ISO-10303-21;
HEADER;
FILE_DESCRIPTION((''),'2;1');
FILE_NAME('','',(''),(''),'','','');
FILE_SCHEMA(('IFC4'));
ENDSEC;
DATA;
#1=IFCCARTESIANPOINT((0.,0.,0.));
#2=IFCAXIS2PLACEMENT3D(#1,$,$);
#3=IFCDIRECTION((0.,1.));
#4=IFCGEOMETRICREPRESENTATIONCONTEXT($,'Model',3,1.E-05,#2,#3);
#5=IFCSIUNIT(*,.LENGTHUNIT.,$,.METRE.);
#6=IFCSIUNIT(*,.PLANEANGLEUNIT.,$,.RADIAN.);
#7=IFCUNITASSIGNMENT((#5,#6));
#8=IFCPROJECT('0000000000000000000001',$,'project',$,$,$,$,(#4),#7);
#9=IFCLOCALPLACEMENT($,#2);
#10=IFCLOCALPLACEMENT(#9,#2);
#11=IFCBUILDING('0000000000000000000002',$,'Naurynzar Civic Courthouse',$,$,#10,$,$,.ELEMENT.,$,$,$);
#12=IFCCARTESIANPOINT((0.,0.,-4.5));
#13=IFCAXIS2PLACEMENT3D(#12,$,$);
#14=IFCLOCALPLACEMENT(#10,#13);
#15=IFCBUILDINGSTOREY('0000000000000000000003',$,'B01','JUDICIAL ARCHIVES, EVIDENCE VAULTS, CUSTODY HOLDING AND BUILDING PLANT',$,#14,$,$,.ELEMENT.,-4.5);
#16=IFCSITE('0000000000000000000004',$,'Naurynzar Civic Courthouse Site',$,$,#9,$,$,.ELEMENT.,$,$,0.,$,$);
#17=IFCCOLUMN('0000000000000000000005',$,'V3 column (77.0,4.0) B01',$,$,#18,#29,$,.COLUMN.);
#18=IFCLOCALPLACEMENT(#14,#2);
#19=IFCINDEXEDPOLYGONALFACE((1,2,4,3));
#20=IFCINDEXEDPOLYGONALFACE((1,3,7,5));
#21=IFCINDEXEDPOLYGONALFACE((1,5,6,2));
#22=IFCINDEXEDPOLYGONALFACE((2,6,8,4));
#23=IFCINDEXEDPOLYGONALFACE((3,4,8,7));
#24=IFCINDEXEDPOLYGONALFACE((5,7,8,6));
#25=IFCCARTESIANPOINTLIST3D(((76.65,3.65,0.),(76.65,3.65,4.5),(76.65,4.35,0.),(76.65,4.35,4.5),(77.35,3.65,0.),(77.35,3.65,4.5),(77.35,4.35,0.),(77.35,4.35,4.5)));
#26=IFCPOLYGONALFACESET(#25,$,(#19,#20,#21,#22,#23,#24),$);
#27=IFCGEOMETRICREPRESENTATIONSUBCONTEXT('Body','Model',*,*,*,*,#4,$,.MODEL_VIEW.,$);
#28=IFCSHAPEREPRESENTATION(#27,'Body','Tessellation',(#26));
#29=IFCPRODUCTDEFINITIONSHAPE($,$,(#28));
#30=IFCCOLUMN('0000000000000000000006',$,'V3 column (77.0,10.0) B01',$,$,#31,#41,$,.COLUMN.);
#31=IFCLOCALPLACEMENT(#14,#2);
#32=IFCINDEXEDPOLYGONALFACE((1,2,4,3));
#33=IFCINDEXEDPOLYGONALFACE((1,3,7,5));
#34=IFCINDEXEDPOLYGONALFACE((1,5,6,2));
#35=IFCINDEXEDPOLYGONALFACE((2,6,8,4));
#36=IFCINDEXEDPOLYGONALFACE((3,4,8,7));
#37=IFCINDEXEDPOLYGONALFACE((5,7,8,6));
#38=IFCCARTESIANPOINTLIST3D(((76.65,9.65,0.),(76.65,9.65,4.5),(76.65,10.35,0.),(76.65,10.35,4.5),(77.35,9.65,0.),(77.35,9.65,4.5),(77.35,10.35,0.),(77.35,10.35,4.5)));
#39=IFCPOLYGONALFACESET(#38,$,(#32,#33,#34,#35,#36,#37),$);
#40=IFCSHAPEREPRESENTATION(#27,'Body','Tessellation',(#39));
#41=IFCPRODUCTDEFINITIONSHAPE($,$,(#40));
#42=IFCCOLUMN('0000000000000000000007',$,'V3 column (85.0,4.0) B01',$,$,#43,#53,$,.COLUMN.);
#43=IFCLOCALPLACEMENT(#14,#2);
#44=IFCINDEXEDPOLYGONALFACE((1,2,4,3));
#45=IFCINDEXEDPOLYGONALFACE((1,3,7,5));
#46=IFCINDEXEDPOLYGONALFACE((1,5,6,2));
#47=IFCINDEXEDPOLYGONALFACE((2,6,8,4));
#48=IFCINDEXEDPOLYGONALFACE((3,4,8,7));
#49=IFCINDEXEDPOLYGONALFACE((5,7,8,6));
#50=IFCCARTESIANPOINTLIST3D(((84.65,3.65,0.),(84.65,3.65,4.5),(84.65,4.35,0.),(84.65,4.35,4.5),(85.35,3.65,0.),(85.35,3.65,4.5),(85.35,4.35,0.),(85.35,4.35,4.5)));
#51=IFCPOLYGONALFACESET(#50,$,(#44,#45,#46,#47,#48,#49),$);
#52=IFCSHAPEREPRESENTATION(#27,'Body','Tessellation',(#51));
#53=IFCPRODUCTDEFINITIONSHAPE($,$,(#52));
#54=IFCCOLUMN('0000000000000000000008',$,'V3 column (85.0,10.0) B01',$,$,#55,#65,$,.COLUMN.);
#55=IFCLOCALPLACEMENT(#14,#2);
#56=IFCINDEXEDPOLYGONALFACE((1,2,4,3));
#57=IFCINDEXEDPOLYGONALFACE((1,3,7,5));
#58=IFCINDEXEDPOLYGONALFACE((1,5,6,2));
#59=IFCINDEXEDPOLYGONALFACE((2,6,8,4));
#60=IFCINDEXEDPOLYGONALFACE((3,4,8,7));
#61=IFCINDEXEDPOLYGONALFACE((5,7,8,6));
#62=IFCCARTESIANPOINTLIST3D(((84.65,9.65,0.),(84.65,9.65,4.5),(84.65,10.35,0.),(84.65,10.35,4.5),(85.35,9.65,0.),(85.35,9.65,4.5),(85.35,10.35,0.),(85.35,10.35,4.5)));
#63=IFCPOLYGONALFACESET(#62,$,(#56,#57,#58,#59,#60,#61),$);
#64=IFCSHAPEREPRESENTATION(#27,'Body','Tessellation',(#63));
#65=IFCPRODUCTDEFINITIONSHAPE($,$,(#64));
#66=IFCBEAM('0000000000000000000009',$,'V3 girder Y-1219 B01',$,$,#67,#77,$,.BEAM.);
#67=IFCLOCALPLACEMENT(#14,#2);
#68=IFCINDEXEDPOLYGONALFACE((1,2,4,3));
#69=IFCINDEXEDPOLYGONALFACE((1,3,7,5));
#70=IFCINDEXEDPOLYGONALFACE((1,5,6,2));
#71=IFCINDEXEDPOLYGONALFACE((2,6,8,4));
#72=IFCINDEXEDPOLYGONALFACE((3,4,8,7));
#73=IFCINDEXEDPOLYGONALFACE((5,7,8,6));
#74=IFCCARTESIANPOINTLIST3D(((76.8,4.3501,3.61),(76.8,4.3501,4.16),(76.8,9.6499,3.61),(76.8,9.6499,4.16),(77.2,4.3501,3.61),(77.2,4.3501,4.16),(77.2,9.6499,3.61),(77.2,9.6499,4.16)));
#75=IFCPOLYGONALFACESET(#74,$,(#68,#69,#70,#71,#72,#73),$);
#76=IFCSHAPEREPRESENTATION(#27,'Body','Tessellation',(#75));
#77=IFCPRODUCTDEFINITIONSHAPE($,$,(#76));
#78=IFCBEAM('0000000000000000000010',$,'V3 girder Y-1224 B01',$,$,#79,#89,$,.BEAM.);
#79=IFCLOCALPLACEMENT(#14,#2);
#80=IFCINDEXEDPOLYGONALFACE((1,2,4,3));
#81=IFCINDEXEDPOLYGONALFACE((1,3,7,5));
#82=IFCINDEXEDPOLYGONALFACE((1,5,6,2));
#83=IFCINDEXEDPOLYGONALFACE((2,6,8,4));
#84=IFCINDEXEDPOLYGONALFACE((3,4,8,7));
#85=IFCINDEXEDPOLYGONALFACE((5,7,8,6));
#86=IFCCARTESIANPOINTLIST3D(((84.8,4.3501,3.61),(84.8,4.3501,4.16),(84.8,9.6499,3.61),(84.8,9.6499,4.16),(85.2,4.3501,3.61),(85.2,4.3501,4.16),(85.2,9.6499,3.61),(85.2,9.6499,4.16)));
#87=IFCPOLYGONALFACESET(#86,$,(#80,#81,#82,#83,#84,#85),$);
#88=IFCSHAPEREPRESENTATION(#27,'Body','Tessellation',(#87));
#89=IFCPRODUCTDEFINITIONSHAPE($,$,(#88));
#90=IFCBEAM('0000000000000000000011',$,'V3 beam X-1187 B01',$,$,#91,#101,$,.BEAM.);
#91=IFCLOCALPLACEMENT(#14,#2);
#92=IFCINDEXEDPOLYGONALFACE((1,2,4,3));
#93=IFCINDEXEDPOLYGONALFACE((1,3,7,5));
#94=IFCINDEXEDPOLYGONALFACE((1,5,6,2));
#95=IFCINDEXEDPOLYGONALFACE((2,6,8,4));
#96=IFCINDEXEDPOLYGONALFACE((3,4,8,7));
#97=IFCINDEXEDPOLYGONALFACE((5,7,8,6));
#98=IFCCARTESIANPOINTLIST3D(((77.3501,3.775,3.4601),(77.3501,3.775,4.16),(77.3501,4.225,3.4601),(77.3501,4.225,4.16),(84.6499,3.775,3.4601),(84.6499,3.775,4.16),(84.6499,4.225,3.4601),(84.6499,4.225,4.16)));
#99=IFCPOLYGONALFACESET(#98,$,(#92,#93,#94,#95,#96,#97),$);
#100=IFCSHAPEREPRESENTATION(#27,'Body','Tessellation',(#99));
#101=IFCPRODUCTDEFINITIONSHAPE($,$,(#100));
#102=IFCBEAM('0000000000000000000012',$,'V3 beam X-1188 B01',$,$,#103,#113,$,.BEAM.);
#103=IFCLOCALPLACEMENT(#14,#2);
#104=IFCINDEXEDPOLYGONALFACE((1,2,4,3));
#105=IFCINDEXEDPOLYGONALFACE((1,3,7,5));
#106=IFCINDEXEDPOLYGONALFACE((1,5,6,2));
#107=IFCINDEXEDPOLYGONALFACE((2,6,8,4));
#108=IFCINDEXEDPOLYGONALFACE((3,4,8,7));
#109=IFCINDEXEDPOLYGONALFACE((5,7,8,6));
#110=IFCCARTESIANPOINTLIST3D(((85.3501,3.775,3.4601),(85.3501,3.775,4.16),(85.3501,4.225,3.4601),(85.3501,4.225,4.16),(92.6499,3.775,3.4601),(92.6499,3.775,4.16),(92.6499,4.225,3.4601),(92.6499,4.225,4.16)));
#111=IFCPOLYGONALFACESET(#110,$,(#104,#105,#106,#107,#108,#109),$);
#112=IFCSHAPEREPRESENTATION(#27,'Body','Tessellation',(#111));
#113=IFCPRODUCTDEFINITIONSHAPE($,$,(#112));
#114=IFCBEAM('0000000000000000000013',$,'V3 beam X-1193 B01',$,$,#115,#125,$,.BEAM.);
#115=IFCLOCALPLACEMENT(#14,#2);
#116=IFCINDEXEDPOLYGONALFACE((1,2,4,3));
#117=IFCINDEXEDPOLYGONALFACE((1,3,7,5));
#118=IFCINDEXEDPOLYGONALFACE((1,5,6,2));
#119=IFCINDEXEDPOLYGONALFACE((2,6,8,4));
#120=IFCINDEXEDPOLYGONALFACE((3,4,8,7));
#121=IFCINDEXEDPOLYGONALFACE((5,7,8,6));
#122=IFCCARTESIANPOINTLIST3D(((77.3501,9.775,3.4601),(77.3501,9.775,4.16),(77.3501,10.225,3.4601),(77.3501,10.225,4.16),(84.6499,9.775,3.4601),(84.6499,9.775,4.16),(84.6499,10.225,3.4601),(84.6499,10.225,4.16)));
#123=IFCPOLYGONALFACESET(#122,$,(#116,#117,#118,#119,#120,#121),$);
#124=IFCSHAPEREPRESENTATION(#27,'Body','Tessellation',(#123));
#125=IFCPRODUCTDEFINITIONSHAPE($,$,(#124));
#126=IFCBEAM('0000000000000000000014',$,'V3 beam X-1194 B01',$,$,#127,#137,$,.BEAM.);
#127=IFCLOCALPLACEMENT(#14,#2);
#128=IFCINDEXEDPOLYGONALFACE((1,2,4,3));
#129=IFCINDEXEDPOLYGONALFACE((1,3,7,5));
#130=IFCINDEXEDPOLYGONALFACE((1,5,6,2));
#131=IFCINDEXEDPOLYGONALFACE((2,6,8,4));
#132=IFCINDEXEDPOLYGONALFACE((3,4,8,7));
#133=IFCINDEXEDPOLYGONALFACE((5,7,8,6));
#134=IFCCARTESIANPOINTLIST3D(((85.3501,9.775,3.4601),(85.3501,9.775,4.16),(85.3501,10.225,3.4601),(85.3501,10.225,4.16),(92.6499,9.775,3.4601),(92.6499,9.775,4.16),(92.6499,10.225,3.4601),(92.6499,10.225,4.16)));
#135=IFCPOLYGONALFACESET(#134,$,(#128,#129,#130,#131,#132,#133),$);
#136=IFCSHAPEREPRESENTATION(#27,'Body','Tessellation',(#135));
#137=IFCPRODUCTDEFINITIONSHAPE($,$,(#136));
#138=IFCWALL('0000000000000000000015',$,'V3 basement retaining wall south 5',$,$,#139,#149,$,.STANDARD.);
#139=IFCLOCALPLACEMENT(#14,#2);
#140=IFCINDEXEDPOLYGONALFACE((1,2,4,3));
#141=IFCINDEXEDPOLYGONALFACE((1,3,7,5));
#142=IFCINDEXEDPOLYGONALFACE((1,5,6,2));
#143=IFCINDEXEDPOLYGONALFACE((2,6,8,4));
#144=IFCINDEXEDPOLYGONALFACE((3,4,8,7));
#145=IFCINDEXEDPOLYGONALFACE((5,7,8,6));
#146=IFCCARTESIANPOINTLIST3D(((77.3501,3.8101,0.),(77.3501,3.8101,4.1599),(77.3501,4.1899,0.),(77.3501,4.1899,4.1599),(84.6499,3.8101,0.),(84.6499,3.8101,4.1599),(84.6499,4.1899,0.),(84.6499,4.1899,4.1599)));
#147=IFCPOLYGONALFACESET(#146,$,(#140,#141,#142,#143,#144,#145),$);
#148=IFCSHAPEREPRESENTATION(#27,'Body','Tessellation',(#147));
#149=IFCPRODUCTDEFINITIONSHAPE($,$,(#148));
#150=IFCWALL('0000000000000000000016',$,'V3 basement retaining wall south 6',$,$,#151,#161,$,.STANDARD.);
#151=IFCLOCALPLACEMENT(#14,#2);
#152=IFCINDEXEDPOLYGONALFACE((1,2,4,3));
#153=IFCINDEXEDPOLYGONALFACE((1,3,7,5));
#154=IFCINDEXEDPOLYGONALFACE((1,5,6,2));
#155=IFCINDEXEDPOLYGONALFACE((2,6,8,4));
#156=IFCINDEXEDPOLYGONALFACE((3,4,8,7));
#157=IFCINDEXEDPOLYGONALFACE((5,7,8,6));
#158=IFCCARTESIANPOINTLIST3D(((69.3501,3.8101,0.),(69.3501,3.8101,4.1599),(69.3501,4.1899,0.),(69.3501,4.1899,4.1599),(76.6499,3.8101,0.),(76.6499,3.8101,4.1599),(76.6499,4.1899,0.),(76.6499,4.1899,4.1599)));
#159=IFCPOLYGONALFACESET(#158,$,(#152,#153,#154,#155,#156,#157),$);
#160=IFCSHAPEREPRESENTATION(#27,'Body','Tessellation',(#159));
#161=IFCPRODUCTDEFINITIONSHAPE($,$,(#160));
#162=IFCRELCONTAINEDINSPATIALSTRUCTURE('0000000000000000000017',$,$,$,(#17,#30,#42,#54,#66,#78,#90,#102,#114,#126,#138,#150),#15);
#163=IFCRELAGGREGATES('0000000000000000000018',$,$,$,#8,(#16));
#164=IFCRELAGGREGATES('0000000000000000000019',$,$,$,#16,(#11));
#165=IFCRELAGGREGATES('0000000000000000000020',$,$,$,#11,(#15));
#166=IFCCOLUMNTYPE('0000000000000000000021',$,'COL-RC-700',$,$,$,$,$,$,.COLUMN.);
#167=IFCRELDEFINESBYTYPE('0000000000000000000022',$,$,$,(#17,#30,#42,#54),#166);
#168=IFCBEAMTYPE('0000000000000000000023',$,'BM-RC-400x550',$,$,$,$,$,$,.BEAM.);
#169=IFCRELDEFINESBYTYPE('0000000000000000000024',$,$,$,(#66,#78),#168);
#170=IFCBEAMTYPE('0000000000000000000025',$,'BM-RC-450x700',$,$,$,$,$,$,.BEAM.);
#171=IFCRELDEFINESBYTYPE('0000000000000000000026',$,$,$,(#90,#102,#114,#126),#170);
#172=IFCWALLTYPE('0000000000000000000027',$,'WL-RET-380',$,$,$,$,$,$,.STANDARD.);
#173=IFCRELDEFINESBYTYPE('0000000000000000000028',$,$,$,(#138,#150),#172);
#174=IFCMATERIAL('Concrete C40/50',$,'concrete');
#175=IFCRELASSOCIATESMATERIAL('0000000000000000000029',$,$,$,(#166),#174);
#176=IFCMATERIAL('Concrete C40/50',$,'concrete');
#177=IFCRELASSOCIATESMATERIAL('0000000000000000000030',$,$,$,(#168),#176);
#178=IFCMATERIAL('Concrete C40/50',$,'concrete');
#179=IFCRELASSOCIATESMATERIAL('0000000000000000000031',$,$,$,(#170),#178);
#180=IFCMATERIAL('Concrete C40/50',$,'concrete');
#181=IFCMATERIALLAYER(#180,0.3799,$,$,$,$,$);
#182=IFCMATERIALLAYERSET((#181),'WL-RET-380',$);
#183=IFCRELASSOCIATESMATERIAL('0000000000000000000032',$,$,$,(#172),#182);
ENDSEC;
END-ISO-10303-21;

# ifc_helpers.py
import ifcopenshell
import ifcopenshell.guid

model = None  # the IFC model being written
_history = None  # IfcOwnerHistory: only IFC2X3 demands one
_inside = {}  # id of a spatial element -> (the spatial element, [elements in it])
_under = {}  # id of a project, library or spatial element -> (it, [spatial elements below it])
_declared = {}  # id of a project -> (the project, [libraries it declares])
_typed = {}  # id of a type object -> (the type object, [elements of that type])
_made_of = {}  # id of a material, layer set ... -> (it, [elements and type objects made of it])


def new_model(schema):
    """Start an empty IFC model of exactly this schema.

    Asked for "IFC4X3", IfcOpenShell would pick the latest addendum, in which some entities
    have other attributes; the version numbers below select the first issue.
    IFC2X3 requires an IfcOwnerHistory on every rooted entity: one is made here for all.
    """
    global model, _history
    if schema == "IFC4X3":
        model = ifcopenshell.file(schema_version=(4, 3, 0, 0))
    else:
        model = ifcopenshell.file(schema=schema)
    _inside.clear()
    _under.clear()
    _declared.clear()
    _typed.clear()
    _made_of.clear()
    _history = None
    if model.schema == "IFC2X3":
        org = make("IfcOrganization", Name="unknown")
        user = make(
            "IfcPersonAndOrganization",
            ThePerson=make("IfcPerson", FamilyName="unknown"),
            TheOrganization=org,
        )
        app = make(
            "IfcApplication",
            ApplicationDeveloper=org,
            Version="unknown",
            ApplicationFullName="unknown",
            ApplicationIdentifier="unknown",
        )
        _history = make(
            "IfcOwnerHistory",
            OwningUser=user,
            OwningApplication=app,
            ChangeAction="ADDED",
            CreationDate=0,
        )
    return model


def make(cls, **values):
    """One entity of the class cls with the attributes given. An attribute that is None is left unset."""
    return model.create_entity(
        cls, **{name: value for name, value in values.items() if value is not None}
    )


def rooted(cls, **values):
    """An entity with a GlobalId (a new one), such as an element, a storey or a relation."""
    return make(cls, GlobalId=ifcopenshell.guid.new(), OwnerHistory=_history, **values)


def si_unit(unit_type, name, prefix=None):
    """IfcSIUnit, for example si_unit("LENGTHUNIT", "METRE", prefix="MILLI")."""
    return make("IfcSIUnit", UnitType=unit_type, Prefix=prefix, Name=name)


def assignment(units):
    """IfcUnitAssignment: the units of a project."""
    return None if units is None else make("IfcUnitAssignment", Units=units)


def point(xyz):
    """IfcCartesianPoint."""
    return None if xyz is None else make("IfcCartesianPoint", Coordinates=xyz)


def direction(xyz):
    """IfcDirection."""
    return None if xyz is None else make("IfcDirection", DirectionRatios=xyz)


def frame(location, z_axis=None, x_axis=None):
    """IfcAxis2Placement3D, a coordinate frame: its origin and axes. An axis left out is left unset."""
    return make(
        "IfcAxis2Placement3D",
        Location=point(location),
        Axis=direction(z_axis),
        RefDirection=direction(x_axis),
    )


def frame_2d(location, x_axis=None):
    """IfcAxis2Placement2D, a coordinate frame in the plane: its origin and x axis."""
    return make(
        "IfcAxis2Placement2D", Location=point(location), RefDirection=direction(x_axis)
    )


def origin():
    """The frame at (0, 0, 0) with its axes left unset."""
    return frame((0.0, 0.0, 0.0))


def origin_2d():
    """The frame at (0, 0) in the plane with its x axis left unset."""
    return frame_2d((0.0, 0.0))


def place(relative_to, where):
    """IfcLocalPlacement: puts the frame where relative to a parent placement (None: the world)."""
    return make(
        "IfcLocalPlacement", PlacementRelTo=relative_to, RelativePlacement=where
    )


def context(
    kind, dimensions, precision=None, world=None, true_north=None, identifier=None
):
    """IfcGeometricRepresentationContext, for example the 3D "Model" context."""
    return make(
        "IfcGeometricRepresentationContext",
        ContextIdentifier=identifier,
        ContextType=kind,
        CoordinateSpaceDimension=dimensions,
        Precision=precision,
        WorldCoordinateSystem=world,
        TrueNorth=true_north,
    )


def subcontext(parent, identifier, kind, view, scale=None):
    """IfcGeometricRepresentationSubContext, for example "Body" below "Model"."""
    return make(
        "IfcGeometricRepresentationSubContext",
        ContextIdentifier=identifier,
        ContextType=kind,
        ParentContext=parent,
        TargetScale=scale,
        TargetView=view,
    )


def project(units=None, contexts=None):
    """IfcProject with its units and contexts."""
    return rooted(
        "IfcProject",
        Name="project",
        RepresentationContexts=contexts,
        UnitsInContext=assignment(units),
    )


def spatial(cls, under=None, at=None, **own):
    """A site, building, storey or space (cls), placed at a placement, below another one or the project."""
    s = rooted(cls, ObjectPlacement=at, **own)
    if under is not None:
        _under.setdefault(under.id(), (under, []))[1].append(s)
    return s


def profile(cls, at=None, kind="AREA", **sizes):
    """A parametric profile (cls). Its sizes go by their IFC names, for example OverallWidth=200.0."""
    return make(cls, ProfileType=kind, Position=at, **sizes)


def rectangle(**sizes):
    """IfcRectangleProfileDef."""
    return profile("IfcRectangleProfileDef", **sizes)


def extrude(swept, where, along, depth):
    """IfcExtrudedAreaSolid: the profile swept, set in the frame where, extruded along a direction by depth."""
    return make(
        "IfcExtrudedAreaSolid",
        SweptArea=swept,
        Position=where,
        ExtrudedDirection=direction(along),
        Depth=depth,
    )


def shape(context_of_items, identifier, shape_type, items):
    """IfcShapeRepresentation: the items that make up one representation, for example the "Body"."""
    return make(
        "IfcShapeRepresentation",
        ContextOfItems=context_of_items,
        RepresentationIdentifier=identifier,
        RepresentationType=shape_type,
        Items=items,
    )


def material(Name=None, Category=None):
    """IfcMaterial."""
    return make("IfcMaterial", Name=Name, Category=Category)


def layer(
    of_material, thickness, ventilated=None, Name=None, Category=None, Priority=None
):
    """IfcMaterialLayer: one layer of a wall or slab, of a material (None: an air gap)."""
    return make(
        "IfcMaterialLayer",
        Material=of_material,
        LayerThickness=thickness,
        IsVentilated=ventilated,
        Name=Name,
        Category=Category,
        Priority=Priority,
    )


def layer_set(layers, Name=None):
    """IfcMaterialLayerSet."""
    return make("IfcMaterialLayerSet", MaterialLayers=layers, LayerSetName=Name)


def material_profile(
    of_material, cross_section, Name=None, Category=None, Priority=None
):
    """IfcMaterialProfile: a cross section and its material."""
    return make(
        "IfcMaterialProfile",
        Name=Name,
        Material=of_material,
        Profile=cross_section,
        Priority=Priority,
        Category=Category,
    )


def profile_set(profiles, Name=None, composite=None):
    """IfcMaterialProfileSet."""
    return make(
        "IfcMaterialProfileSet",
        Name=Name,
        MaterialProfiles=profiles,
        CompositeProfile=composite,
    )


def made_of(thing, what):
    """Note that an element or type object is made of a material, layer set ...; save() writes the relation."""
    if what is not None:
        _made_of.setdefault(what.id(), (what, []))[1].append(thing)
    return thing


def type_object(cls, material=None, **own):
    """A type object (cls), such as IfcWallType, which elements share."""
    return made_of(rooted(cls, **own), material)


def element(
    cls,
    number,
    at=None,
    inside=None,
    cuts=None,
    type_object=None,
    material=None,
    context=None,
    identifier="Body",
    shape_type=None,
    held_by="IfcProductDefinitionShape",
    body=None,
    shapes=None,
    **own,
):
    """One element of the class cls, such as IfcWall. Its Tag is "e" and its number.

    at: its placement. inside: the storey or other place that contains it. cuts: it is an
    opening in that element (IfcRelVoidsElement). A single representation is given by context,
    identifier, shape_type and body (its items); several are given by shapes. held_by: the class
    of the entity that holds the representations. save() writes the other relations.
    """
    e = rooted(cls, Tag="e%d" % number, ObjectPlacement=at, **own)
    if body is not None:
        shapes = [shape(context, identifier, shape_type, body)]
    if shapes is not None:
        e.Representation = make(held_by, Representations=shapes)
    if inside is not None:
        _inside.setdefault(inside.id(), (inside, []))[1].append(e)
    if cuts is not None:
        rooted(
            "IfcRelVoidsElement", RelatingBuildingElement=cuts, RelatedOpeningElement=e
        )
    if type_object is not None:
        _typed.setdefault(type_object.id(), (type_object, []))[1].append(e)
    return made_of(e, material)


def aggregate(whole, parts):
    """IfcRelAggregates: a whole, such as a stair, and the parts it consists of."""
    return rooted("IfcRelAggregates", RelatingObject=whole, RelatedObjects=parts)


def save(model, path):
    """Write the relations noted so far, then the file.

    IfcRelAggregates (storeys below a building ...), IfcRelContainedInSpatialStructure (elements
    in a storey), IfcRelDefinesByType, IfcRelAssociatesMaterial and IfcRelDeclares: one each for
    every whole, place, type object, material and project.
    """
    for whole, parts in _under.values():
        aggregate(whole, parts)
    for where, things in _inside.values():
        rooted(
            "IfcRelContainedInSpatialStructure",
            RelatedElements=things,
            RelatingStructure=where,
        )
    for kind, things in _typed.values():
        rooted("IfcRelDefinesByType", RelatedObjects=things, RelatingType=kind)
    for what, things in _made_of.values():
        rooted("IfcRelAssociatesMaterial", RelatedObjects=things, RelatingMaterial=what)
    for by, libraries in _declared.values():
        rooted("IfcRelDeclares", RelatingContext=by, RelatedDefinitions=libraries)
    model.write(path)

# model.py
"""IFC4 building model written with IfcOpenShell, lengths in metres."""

from ifc_helpers import new_model, si_unit, direction, frame, frame_2d, origin, origin_2d, place, context, subcontext, project, spatial, rectangle, extrude, material, layer, layer_set, material_profile, profile_set, type_object, element, save


model = new_model("IFC4")

# Units and contexts
model_context = context("Model", 3, precision=1e-05, world=origin(), true_north=direction((0.0, 1.0)))
body_context = subcontext(model_context, "Body", "Model", "MODEL_VIEW")
ifc_project = project(units=[si_unit("LENGTHUNIT", "METRE"), si_unit("PLANEANGLEUNIT", "RADIAN")], contexts=[model_context])

# Site, building, storey
site_placement = place(None, origin())
site = spatial("IfcSite", under=ifc_project, at=site_placement, Name="Naurynzar Civic Courthouse Site", CompositionType="ELEMENT", RefElevation=0.0)
building_placement = place(site_placement, origin())
building = spatial("IfcBuilding", under=site, at=building_placement, Name="Naurynzar Civic Courthouse", CompositionType="ELEMENT")
storey_placement = place(building_placement, frame((0.0, 0.0, -4.5)))
storey = spatial("IfcBuildingStorey", under=building, at=storey_placement, Name="B01", Description="JUDICIAL ARCHIVES, EVIDENCE VAULTS, CUSTODY HOLDING AND BUILDING PLANT", CompositionType="ELEMENT", Elevation=-4.5)

# Columns
ifc_material_1 = material(Name="Concrete C40/50", Category="concrete")
ifc_material_profile_1 = material_profile(ifc_material_1, rectangle(XDim=0.7, YDim=0.7, at=origin_2d()), Name="RC 700x700")
ifc_profile_set_1 = profile_set([ifc_material_profile_1], Name="Concrete C40/50")
column_type = type_object("IfcColumnType", Name="COL-RC-700", PredefinedType="COLUMN", material=ifc_profile_set_1)
for number, where, z_axis, x_axis, name in (
    (1, (77.0, 4.0, 0.0), (0.0, 0.0, 1.0), (1.0, 0.0, 0.0), "V3 column (77.0,4.0) B01"),
    (2, (77.0, 10.0, 0.0), (0.0, 0.0, 1.0), (1.0, 0.0, 0.0), "V3 column (77.0,10.0) B01"),
    (3, (85.0, 4.0, 0.0), (0.0, 0.0, 1.0), (1.0, 0.0, 0.0), "V3 column (85.0,4.0) B01"),
    (4, (85.0, 10.0, 0.0), (0.0, 0.0, 1.0), (1.0, 0.0, 0.0), "V3 column (85.0,10.0) B01"),
):
    element("IfcColumn", number, at=place(storey_placement, frame(where, z_axis=z_axis, x_axis=x_axis)), inside=storey, type_object=column_type, Name=name, PredefinedType="COLUMN", context=body_context, shape_type="SweptSolid", body=[
        extrude(rectangle(XDim=0.7, YDim=0.7, at=origin_2d()), origin(), (0.0, 0.0, 1.0), 4.5),
    ])

# Beams
ifc_material_2 = material(Name="Concrete C40/50", Category="concrete")
ifc_material_profile_2 = material_profile(ifc_material_2, rectangle(XDim=0.3999, YDim=0.55, at=origin_2d()), Name="RCB 400x550")
ifc_profile_set_2 = profile_set([ifc_material_profile_2], Name="Concrete C40/50")
beam_type_1 = type_object("IfcBeamType", Name="BM-RC-400x550", PredefinedType="BEAM", material=ifc_profile_set_2)
for number, where, z_axis, x_axis, name in (
    (5, (77.0, 4.3501, 3.885), (0.0, 1.0, 0.0), (-1.0, 0.0, 0.0), "V3 girder Y-1219 B01"),
    (6, (85.0, 4.3501, 3.885), (0.0, 1.0, 0.0), (-1.0, 0.0, 0.0), "V3 girder Y-1224 B01"),
):
    element("IfcBeam", number, at=place(storey_placement, frame(where, z_axis=z_axis, x_axis=x_axis)), inside=storey, type_object=beam_type_1, Name=name, PredefinedType="BEAM", context=body_context, shape_type="SweptSolid", body=[
        extrude(rectangle(XDim=0.3999, YDim=0.55, at=origin_2d()), origin(), (0.0, 0.0, 1.0), 5.2998),
    ])
ifc_material_3 = material(Name="Concrete C40/50", Category="concrete")
ifc_material_profile_3 = material_profile(ifc_material_3, rectangle(XDim=0.45, YDim=0.7, at=origin_2d()), Name="RCB 450x700")
ifc_profile_set_3 = profile_set([ifc_material_profile_3], Name="Concrete C40/50")
beam_type_2 = type_object("IfcBeamType", Name="BM-RC-450x700", PredefinedType="BEAM", material=ifc_profile_set_3)
for number, where, z_axis, x_axis, name in (
    (7, (77.3501, 4.0, 3.8101), (1.0, 0.0, 0.0), (0.0, 1.0, 0.0), "V3 beam X-1187 B01"),
    (8, (85.3501, 4.0, 3.8101), (1.0, 0.0, 0.0), (0.0, 1.0, 0.0), "V3 beam X-1188 B01"),
    (9, (77.3501, 10.0, 3.8101), (1.0, 0.0, 0.0), (0.0, 1.0, 0.0), "V3 beam X-1193 B01"),
    (10, (85.3501, 10.0, 3.8101), (1.0, 0.0, 0.0), (0.0, 1.0, 0.0), "V3 beam X-1194 B01"),
):
    element("IfcBeam", number, at=place(storey_placement, frame(where, z_axis=z_axis, x_axis=x_axis)), inside=storey, type_object=beam_type_2, Name=name, PredefinedType="BEAM", context=body_context, shape_type="SweptSolid", body=[
        extrude(rectangle(XDim=0.45, YDim=0.7, at=origin_2d()), origin(), (0.0, 0.0, 1.0), 7.2998),
    ])

# Walls
ifc_material_4 = material(Name="Concrete C40/50", Category="concrete")
ifc_layer = layer(ifc_material_4, 0.3799)
ifc_layer_set = layer_set([ifc_layer], Name="WL-RET-380")
wall_type = type_object("IfcWallType", Name="WL-RET-380", PredefinedType="STANDARD", material=ifc_layer_set)
for number, where, z_axis, x_axis, name in (
    (11, (84.6499, 4.0, 0.0), (0.0, 0.0, 1.0), (-1.0, 0.0, 0.0), "V3 basement retaining wall south 5"),
    (12, (76.6499, 4.0, 0.0), (0.0, 0.0, 1.0), (-1.0, 0.0, 0.0), "V3 basement retaining wall south 6"),
):
    element("IfcWall", number, at=place(storey_placement, frame(where, z_axis=z_axis, x_axis=x_axis)), inside=storey, type_object=wall_type, Name=name, PredefinedType="STANDARD", context=body_context, shape_type="SweptSolid", body=[
        extrude(rectangle(XDim=7.2998, YDim=0.3799, at=frame_2d((3.6499, 0.0))), origin(), (0.0, 0.0, 1.0), 4.1599),
    ])

save(model, "model.ifc")
